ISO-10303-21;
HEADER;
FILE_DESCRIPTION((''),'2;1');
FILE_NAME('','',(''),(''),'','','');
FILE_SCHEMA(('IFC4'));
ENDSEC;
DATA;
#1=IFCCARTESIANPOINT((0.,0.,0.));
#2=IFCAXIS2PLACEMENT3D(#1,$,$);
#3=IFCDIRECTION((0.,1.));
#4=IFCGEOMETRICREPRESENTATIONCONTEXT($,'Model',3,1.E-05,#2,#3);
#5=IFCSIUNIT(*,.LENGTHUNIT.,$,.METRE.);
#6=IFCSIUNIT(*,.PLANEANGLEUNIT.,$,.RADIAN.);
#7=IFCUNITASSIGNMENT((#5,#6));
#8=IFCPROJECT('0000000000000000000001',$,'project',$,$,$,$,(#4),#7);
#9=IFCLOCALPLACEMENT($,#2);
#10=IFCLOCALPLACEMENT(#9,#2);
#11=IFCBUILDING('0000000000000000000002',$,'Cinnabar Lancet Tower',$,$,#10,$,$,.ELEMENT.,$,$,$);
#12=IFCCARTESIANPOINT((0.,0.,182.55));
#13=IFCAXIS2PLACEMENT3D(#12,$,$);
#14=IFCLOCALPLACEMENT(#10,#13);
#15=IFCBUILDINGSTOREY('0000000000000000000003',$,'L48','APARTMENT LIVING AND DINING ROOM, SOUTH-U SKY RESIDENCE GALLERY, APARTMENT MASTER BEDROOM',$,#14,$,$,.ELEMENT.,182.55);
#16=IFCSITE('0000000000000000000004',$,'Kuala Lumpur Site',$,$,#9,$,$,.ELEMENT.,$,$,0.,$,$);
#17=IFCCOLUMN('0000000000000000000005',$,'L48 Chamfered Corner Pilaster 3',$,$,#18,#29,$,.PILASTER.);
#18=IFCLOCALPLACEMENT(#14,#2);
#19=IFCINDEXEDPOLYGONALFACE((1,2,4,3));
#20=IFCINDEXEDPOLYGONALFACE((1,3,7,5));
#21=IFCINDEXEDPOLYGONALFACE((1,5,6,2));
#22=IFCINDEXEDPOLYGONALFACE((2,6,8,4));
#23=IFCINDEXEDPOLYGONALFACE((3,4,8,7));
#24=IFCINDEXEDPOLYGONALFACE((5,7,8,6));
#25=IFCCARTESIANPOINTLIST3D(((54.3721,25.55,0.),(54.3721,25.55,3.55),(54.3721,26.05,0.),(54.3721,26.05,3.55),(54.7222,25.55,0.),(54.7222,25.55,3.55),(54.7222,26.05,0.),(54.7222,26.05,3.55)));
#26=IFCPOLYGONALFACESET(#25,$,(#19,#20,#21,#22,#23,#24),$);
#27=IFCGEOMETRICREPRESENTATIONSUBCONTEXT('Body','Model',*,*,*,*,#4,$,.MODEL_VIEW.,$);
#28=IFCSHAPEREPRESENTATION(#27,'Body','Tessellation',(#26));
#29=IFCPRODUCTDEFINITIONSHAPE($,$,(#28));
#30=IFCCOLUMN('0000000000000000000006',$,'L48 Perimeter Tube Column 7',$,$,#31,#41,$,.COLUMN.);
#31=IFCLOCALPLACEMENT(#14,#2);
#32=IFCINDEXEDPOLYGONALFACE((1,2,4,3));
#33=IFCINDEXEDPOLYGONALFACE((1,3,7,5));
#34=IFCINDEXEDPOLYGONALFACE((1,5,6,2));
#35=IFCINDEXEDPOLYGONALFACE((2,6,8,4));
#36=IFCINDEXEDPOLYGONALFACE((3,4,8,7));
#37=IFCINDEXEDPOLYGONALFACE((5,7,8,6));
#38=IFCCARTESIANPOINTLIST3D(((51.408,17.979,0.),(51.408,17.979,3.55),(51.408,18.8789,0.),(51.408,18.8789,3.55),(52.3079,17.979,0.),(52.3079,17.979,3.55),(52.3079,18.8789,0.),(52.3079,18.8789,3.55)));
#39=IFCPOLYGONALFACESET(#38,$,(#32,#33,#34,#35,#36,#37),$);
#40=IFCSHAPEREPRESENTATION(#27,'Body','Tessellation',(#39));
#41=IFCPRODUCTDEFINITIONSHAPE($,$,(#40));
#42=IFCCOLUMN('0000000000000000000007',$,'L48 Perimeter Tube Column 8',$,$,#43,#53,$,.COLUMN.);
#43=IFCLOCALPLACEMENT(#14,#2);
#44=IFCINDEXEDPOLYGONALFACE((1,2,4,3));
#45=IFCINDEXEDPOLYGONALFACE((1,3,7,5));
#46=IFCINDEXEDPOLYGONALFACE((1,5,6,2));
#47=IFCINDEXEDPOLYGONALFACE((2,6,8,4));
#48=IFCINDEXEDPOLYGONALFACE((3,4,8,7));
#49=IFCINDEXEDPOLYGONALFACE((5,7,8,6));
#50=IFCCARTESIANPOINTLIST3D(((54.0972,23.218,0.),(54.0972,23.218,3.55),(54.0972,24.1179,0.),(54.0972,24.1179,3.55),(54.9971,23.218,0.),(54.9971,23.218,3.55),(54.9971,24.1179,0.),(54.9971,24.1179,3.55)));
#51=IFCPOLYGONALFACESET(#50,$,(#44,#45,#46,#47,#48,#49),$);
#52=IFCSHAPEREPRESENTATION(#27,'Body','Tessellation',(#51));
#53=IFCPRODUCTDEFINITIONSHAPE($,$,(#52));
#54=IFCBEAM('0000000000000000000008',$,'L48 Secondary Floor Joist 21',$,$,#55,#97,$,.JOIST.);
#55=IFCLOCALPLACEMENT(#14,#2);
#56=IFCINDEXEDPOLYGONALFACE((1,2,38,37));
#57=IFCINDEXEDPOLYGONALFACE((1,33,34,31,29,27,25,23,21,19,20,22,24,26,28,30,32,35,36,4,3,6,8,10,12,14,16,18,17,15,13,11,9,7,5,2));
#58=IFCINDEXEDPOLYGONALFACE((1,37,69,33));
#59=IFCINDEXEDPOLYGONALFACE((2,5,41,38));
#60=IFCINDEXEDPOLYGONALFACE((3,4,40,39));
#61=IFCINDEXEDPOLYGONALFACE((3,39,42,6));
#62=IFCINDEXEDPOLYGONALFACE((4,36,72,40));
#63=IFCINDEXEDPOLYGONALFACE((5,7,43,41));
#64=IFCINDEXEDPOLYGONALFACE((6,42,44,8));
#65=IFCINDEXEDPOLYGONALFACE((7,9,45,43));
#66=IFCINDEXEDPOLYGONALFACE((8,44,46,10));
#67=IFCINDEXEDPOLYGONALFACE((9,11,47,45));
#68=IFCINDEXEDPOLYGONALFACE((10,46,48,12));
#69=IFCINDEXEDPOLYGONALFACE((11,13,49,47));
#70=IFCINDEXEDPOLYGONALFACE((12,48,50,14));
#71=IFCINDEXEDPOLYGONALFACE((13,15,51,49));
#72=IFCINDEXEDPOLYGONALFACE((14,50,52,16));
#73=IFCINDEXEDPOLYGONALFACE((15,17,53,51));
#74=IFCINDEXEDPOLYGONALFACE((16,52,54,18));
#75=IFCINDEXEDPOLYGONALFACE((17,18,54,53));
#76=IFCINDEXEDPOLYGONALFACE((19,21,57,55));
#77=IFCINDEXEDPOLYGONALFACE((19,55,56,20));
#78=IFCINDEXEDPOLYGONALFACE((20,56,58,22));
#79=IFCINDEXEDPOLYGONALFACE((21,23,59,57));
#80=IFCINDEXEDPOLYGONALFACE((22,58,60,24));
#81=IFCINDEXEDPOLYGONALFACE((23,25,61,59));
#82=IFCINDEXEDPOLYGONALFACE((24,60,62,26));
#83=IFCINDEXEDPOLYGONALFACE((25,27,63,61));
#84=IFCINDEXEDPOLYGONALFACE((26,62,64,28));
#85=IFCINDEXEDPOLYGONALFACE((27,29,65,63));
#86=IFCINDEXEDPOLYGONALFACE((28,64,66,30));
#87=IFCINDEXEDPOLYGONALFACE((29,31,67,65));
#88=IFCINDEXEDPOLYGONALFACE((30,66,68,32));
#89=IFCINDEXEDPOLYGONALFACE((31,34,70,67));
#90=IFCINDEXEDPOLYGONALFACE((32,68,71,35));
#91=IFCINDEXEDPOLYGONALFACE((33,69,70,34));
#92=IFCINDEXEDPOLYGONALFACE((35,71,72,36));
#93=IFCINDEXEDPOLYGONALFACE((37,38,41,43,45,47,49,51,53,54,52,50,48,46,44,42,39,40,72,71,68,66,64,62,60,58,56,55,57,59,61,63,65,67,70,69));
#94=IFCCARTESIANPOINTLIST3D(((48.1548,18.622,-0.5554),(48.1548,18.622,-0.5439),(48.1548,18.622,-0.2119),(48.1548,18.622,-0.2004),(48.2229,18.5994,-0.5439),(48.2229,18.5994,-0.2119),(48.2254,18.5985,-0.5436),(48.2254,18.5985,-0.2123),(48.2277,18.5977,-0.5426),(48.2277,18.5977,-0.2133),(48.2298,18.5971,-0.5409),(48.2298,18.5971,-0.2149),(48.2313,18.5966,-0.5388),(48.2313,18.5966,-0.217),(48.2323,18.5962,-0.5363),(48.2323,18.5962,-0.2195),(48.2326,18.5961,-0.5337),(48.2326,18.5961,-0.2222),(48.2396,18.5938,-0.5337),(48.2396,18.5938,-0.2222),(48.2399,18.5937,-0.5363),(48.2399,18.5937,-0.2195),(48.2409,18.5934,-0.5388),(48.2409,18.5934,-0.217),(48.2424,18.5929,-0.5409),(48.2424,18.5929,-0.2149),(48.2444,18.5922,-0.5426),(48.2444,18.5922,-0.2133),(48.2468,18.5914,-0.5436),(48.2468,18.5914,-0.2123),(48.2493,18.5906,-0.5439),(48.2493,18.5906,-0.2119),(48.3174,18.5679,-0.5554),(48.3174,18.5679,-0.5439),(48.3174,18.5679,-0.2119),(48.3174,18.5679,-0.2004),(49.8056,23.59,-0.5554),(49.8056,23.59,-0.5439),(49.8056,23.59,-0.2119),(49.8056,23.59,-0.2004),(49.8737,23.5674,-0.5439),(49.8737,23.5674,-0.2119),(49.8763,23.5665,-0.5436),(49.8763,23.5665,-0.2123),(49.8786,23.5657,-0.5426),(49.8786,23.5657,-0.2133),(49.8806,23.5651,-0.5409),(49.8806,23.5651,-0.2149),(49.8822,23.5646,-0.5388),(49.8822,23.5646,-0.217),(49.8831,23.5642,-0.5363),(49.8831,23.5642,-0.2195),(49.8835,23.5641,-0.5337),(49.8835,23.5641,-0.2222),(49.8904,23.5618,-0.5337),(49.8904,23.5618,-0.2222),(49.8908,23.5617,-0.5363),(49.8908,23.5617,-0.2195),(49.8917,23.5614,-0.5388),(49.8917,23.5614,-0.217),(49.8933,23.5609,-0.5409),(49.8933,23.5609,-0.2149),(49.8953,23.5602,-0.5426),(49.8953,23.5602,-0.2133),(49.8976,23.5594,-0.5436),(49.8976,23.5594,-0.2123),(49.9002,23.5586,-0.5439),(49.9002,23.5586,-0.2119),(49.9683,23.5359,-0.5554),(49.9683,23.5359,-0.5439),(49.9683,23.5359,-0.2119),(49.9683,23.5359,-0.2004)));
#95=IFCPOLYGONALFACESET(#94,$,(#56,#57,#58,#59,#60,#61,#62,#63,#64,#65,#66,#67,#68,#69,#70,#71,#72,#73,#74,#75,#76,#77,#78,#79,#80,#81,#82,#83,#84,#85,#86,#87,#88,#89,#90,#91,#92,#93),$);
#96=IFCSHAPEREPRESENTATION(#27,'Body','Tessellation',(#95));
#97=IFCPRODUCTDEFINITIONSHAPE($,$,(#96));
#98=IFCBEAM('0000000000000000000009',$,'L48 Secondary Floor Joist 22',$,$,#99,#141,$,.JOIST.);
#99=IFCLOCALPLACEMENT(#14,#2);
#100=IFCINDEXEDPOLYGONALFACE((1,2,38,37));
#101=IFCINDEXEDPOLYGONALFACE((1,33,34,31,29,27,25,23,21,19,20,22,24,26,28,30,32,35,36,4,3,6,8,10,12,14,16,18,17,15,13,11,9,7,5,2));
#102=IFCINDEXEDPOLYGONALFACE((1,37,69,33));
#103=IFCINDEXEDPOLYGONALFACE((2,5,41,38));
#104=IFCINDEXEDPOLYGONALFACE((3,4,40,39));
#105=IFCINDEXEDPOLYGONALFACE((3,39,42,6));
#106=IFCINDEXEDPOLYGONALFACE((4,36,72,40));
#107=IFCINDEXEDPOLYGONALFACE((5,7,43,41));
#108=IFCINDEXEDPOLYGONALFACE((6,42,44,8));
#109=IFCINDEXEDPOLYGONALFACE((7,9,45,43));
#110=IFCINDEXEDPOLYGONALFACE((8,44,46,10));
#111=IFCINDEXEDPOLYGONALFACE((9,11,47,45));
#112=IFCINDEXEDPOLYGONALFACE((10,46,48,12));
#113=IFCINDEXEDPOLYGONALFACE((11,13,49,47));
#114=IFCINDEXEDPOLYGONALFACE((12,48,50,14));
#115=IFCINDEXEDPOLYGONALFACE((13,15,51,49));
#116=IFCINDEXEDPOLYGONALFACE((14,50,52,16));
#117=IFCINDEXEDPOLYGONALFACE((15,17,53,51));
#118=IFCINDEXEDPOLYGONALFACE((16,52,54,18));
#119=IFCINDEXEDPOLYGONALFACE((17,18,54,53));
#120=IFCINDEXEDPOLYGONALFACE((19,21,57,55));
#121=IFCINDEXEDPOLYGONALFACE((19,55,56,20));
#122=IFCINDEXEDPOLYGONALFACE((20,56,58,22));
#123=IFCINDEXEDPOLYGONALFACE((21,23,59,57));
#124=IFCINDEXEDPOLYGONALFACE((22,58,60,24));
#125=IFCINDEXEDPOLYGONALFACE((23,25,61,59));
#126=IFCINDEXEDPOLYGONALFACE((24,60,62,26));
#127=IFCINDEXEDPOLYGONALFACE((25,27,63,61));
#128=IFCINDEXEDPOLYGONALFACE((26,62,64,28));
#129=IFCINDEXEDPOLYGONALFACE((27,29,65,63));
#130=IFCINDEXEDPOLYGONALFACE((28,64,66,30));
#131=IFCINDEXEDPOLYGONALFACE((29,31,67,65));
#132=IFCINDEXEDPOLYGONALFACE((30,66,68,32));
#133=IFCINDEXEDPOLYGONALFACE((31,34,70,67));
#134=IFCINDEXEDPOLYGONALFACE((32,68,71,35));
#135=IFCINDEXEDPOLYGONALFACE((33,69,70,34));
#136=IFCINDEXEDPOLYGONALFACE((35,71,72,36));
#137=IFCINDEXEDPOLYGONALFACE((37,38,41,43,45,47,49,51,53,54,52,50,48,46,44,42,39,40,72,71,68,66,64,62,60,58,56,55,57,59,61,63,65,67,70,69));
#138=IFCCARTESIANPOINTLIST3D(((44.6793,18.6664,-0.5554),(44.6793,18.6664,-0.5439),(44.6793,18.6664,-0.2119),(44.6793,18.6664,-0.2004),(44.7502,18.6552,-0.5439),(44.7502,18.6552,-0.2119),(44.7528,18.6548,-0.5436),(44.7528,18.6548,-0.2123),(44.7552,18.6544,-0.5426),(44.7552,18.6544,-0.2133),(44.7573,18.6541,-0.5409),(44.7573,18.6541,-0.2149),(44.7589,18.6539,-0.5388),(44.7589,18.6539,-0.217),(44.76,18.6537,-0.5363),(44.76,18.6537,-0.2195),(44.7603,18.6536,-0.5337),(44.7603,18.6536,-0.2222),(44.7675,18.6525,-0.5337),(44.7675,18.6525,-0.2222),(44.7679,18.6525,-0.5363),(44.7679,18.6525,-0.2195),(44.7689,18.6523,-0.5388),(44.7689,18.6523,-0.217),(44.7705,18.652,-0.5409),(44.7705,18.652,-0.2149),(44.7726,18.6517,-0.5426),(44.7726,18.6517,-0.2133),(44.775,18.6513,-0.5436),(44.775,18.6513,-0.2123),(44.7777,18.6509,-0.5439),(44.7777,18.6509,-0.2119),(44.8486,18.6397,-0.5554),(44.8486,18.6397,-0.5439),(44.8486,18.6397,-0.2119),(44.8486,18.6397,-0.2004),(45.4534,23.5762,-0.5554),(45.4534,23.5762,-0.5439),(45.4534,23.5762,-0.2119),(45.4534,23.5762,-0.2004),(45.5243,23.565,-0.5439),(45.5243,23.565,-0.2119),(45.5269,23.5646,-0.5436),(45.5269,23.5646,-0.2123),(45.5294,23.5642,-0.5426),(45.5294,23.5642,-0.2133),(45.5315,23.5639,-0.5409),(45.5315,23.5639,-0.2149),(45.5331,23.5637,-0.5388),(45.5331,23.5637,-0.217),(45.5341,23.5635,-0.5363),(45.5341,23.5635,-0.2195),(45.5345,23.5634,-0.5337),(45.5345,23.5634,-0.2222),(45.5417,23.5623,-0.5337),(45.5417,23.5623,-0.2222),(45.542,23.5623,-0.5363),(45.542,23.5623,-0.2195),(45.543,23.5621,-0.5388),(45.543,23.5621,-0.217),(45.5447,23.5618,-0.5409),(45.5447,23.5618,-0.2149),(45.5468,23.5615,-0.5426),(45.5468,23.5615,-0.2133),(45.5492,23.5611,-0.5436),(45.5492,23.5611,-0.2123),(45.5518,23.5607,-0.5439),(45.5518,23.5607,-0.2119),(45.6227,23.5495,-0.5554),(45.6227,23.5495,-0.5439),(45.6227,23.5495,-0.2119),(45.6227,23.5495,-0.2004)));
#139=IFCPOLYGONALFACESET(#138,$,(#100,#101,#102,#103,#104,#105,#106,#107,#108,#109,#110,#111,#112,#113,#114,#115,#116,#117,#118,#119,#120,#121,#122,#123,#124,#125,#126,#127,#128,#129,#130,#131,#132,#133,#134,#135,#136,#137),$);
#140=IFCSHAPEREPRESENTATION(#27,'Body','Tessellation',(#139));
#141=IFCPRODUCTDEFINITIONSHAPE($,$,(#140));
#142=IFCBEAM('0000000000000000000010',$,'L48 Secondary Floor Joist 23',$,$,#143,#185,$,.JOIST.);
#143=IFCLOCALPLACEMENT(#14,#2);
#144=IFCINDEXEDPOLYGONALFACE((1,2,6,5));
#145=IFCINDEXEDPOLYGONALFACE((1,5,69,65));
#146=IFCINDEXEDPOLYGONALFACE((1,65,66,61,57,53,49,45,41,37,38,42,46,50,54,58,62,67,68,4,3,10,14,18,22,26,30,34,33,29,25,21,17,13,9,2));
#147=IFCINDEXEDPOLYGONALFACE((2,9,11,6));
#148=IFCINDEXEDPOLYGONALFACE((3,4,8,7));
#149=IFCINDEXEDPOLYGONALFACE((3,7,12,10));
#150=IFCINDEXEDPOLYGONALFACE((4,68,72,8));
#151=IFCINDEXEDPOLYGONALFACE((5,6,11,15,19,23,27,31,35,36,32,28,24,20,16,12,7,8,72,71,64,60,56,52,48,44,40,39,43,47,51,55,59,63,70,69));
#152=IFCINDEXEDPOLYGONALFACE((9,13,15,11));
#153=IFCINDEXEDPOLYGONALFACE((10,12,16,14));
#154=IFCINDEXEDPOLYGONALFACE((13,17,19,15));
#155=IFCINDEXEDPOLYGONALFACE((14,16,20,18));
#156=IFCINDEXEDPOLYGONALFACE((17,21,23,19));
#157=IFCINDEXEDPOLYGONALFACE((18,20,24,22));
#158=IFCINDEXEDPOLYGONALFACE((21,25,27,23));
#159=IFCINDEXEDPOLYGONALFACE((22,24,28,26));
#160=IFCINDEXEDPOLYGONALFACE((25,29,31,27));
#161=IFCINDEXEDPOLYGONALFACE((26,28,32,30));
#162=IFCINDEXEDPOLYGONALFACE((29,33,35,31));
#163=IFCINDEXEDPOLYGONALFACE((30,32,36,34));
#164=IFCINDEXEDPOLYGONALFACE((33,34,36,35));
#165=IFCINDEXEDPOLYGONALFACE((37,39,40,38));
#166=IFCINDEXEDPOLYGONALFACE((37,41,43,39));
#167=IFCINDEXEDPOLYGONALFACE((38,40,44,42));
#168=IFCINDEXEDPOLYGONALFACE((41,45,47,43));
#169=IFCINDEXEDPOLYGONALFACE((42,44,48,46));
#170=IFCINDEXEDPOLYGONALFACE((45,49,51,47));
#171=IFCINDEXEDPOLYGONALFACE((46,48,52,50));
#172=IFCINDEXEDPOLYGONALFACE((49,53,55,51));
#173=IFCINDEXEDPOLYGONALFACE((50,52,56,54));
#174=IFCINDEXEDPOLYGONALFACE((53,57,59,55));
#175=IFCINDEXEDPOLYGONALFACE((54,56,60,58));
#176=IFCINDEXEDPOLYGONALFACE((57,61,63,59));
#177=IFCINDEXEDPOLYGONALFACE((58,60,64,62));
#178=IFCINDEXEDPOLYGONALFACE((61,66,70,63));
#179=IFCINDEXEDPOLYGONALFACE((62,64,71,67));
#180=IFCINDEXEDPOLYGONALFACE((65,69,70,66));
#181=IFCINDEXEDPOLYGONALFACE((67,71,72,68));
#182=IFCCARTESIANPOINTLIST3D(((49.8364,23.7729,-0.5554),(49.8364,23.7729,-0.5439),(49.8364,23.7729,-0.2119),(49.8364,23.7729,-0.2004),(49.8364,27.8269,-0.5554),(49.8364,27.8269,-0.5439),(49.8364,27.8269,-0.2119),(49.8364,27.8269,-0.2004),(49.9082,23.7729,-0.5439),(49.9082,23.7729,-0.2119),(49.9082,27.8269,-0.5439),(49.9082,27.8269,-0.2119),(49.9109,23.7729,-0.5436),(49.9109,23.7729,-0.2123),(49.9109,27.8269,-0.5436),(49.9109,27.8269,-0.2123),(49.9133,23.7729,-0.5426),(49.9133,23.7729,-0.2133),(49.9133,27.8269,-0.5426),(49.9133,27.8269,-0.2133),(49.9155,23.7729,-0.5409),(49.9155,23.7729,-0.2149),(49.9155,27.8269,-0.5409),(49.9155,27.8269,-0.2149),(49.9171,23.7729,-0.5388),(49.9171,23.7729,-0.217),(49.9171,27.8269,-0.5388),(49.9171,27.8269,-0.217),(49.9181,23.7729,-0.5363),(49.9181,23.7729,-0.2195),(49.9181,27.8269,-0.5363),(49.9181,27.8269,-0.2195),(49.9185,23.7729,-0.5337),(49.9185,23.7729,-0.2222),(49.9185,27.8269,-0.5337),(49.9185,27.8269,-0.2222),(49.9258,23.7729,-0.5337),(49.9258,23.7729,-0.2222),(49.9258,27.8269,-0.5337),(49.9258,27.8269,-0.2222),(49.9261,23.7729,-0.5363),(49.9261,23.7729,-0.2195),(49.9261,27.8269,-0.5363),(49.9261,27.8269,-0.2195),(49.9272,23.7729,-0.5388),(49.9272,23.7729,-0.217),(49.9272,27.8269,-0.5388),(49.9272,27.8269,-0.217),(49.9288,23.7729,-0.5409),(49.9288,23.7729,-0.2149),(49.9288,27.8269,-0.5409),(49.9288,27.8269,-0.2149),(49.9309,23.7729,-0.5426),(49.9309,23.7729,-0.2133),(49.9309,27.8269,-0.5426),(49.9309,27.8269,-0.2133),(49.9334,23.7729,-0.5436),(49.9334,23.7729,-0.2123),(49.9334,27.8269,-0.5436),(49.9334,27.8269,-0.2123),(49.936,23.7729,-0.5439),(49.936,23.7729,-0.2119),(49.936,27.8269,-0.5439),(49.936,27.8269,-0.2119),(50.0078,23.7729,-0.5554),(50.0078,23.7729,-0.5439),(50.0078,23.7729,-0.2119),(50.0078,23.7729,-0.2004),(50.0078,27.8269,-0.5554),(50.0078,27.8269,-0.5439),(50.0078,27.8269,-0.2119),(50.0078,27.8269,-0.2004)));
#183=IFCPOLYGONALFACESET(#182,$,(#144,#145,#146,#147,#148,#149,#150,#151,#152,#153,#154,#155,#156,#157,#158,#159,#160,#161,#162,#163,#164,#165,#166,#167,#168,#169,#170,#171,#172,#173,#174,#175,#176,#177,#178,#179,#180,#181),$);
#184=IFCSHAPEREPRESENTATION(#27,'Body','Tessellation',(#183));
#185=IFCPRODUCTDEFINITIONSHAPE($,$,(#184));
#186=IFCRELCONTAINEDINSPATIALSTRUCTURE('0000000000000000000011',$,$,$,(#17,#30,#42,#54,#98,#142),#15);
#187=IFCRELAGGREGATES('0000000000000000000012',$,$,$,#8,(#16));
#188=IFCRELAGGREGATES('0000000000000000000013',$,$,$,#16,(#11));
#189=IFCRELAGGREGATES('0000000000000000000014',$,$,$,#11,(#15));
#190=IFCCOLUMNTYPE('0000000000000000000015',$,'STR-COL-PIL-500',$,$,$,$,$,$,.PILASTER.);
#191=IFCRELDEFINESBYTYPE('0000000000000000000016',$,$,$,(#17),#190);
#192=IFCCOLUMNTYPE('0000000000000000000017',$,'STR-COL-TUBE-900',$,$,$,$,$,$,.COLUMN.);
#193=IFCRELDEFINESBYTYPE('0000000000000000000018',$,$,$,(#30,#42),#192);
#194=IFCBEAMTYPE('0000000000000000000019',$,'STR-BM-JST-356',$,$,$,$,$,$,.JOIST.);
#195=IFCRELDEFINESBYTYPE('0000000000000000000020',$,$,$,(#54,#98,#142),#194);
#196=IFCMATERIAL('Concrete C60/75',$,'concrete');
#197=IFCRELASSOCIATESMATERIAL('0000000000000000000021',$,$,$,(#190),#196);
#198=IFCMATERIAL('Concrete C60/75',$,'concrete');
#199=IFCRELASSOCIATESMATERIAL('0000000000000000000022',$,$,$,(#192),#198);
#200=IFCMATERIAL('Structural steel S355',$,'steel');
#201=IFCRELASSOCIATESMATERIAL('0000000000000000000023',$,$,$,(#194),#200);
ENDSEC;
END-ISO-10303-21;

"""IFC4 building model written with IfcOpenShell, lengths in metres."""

from ifc_helpers import new_model, si_unit, direction, frame, origin, origin_2d, place, context, subcontext, project, spatial, rectangle, i_section, extrude, material, material_profile, profile_set, type_object, element, save


model = new_model("IFC4")

# Units and contexts
model_context = context("Model", 3, precision=1e-05, world=origin(), true_north=direction((0.0, 1.0)))
body_context = subcontext(model_context, "Body", "Model", "MODEL_VIEW")
ifc_project = project(units=[si_unit("LENGTHUNIT", "METRE"), si_unit("PLANEANGLEUNIT", "RADIAN")], contexts=[model_context])

# Site, building, storey
site_placement = place(None, origin())
site = spatial("IfcSite", under=ifc_project, at=site_placement, Name="Kuala Lumpur Site", CompositionType="ELEMENT", RefElevation=0.0)
building_placement = place(site_placement, origin())
building = spatial("IfcBuilding", under=site, at=building_placement, Name="Cinnabar Lancet Tower", CompositionType="ELEMENT")
storey_placement = place(building_placement, frame((0.0, 0.0, 182.55)))
storey = spatial("IfcBuildingStorey", under=building, at=storey_placement, Name="L48", Description="APARTMENT LIVING AND DINING ROOM, SOUTH-U SKY RESIDENCE GALLERY, APARTMENT MASTER BEDROOM", CompositionType="ELEMENT", Elevation=182.55)

# Columns
ifc_material_1 = material(Name="Concrete C60/75", Category="concrete")
ifc_material_profile_1 = material_profile(ifc_material_1, rectangle(XDim=0.5, YDim=0.3501, at=origin_2d()), Name="RC-PIL 500x350")
ifc_profile_set_1 = profile_set([ifc_material_profile_1], Name="Concrete C60/75")
column_type_1 = type_object("IfcColumnType", Name="STR-COL-PIL-500", PredefinedType="PILASTER", material=ifc_profile_set_1)
column_placement = place(storey_placement, frame((54.5471, 25.8, 0.0), z_axis=(0.0, 0.0, 1.0), x_axis=(0.0, 1.0, 0.0)))
element("IfcColumn", 1, at=column_placement, inside=storey, type_object=column_type_1, Name="L48 Chamfered Corner Pilaster 3", PredefinedType="PILASTER", context=body_context, shape_type="SweptSolid", body=[
    extrude(rectangle(XDim=0.5, YDim=0.3501, at=origin_2d()), origin(), (0.0, 0.0, 1.0), 3.55),
])
ifc_material_2 = material(Name="Concrete C60/75", Category="concrete")
ifc_material_profile_2 = material_profile(ifc_material_2, rectangle(XDim=0.8999, YDim=0.8999, at=origin_2d()), Name="RC-COL 900x900")
ifc_profile_set_2 = profile_set([ifc_material_profile_2], Name="Concrete C60/75")
column_type_2 = type_object("IfcColumnType", Name="STR-COL-TUBE-900", PredefinedType="COLUMN", material=ifc_profile_set_2)
for number, where, z_axis, x_axis, name in (
    (2, (51.8579, 18.429, 0.0), (0.0, 0.0, 1.0), (1.0, 0.0, 0.0), "L48 Perimeter Tube Column 7"),
    (3, (54.5471, 23.668, 0.0), (0.0, 0.0, 1.0), (1.0, 0.0, 0.0), "L48 Perimeter Tube Column 8"),
):
    element("IfcColumn", number, at=place(storey_placement, frame(where, z_axis=z_axis, x_axis=x_axis)), inside=storey, type_object=column_type_2, Name=name, PredefinedType="COLUMN", context=body_context, shape_type="SweptSolid", body=[
        extrude(rectangle(XDim=0.8999, YDim=0.8999, at=origin_2d()), origin(), (0.0, 0.0, 1.0), 3.55),
    ])

# Beams
ifc_material_3 = material(Name="Structural steel S355", Category="steel")
ifc_material_profile_3 = material_profile(ifc_material_3, i_section(OverallWidth=0.1714, OverallDepth=0.355, WebThickness=0.0073, FlangeThickness=0.0115, FilletRadius=0.0103, at=origin_2d()), Name="UKB 356x171x51")
ifc_profile_set_3 = profile_set([ifc_material_profile_3], Name="Structural steel S355")
beam_type_1 = type_object("IfcBeamType", Name="STR-BM-JST-356", PredefinedType="JOIST", material=ifc_profile_set_3)
beam_1_placement = place(storey_placement, frame((48.2361, 18.595, -0.3779), z_axis=(0.315346, 0.948977, 0.0), x_axis=(-0.948977, 0.315346, 0.0)))
element("IfcBeam", 4, at=beam_1_placement, inside=storey, type_object=beam_type_1, Name="L48 Secondary Floor Joist 21", PredefinedType="JOIST", context=body_context, shape_type="SweptSolid", body=[
    extrude(i_section(OverallWidth=0.1714, OverallDepth=0.355, WebThickness=0.0073, FlangeThickness=0.0115, FilletRadius=0.0103, at=origin_2d()), origin(), (0.0, 0.0, 1.0), 5.2351),
])
beam_2_placement = place(storey_placement, frame((44.7639, 18.6531, -0.3779), z_axis=(0.155751, 0.987796, 0.0), x_axis=(-0.987796, 0.155751, 0.0)))
element("IfcBeam", 5, at=beam_2_placement, inside=storey, type_object=beam_type_1, Name="L48 Secondary Floor Joist 22", PredefinedType="JOIST", context=body_context, shape_type="SweptSolid", body=[
    extrude(i_section(OverallWidth=0.1714, OverallDepth=0.355, WebThickness=0.0073, FlangeThickness=0.0115, FilletRadius=0.0103, at=origin_2d()), origin(), (0.0, 0.0, 1.0), 4.9705),
])
for number, where, z_axis, x_axis, name in (
    (6, (49.9221, 23.7729, -0.3779), (0.0, 1.0, 0.0), (-1.0, 0.0, 0.0), "L48 Secondary Floor Joist 23"),
):
    element("IfcBeam", number, at=place(storey_placement, frame(where, z_axis=z_axis, x_axis=x_axis)), inside=storey, type_object=beam_type_1, Name=name, PredefinedType="JOIST", context=body_context, shape_type="SweptSolid", body=[
        extrude(i_section(OverallWidth=0.1714, OverallDepth=0.355, WebThickness=0.0073, FlangeThickness=0.0115, FilletRadius=0.0103, at=origin_2d()), origin(), (0.0, 0.0, 1.0), 4.054),
    ])

save(model, "model.ifc")
